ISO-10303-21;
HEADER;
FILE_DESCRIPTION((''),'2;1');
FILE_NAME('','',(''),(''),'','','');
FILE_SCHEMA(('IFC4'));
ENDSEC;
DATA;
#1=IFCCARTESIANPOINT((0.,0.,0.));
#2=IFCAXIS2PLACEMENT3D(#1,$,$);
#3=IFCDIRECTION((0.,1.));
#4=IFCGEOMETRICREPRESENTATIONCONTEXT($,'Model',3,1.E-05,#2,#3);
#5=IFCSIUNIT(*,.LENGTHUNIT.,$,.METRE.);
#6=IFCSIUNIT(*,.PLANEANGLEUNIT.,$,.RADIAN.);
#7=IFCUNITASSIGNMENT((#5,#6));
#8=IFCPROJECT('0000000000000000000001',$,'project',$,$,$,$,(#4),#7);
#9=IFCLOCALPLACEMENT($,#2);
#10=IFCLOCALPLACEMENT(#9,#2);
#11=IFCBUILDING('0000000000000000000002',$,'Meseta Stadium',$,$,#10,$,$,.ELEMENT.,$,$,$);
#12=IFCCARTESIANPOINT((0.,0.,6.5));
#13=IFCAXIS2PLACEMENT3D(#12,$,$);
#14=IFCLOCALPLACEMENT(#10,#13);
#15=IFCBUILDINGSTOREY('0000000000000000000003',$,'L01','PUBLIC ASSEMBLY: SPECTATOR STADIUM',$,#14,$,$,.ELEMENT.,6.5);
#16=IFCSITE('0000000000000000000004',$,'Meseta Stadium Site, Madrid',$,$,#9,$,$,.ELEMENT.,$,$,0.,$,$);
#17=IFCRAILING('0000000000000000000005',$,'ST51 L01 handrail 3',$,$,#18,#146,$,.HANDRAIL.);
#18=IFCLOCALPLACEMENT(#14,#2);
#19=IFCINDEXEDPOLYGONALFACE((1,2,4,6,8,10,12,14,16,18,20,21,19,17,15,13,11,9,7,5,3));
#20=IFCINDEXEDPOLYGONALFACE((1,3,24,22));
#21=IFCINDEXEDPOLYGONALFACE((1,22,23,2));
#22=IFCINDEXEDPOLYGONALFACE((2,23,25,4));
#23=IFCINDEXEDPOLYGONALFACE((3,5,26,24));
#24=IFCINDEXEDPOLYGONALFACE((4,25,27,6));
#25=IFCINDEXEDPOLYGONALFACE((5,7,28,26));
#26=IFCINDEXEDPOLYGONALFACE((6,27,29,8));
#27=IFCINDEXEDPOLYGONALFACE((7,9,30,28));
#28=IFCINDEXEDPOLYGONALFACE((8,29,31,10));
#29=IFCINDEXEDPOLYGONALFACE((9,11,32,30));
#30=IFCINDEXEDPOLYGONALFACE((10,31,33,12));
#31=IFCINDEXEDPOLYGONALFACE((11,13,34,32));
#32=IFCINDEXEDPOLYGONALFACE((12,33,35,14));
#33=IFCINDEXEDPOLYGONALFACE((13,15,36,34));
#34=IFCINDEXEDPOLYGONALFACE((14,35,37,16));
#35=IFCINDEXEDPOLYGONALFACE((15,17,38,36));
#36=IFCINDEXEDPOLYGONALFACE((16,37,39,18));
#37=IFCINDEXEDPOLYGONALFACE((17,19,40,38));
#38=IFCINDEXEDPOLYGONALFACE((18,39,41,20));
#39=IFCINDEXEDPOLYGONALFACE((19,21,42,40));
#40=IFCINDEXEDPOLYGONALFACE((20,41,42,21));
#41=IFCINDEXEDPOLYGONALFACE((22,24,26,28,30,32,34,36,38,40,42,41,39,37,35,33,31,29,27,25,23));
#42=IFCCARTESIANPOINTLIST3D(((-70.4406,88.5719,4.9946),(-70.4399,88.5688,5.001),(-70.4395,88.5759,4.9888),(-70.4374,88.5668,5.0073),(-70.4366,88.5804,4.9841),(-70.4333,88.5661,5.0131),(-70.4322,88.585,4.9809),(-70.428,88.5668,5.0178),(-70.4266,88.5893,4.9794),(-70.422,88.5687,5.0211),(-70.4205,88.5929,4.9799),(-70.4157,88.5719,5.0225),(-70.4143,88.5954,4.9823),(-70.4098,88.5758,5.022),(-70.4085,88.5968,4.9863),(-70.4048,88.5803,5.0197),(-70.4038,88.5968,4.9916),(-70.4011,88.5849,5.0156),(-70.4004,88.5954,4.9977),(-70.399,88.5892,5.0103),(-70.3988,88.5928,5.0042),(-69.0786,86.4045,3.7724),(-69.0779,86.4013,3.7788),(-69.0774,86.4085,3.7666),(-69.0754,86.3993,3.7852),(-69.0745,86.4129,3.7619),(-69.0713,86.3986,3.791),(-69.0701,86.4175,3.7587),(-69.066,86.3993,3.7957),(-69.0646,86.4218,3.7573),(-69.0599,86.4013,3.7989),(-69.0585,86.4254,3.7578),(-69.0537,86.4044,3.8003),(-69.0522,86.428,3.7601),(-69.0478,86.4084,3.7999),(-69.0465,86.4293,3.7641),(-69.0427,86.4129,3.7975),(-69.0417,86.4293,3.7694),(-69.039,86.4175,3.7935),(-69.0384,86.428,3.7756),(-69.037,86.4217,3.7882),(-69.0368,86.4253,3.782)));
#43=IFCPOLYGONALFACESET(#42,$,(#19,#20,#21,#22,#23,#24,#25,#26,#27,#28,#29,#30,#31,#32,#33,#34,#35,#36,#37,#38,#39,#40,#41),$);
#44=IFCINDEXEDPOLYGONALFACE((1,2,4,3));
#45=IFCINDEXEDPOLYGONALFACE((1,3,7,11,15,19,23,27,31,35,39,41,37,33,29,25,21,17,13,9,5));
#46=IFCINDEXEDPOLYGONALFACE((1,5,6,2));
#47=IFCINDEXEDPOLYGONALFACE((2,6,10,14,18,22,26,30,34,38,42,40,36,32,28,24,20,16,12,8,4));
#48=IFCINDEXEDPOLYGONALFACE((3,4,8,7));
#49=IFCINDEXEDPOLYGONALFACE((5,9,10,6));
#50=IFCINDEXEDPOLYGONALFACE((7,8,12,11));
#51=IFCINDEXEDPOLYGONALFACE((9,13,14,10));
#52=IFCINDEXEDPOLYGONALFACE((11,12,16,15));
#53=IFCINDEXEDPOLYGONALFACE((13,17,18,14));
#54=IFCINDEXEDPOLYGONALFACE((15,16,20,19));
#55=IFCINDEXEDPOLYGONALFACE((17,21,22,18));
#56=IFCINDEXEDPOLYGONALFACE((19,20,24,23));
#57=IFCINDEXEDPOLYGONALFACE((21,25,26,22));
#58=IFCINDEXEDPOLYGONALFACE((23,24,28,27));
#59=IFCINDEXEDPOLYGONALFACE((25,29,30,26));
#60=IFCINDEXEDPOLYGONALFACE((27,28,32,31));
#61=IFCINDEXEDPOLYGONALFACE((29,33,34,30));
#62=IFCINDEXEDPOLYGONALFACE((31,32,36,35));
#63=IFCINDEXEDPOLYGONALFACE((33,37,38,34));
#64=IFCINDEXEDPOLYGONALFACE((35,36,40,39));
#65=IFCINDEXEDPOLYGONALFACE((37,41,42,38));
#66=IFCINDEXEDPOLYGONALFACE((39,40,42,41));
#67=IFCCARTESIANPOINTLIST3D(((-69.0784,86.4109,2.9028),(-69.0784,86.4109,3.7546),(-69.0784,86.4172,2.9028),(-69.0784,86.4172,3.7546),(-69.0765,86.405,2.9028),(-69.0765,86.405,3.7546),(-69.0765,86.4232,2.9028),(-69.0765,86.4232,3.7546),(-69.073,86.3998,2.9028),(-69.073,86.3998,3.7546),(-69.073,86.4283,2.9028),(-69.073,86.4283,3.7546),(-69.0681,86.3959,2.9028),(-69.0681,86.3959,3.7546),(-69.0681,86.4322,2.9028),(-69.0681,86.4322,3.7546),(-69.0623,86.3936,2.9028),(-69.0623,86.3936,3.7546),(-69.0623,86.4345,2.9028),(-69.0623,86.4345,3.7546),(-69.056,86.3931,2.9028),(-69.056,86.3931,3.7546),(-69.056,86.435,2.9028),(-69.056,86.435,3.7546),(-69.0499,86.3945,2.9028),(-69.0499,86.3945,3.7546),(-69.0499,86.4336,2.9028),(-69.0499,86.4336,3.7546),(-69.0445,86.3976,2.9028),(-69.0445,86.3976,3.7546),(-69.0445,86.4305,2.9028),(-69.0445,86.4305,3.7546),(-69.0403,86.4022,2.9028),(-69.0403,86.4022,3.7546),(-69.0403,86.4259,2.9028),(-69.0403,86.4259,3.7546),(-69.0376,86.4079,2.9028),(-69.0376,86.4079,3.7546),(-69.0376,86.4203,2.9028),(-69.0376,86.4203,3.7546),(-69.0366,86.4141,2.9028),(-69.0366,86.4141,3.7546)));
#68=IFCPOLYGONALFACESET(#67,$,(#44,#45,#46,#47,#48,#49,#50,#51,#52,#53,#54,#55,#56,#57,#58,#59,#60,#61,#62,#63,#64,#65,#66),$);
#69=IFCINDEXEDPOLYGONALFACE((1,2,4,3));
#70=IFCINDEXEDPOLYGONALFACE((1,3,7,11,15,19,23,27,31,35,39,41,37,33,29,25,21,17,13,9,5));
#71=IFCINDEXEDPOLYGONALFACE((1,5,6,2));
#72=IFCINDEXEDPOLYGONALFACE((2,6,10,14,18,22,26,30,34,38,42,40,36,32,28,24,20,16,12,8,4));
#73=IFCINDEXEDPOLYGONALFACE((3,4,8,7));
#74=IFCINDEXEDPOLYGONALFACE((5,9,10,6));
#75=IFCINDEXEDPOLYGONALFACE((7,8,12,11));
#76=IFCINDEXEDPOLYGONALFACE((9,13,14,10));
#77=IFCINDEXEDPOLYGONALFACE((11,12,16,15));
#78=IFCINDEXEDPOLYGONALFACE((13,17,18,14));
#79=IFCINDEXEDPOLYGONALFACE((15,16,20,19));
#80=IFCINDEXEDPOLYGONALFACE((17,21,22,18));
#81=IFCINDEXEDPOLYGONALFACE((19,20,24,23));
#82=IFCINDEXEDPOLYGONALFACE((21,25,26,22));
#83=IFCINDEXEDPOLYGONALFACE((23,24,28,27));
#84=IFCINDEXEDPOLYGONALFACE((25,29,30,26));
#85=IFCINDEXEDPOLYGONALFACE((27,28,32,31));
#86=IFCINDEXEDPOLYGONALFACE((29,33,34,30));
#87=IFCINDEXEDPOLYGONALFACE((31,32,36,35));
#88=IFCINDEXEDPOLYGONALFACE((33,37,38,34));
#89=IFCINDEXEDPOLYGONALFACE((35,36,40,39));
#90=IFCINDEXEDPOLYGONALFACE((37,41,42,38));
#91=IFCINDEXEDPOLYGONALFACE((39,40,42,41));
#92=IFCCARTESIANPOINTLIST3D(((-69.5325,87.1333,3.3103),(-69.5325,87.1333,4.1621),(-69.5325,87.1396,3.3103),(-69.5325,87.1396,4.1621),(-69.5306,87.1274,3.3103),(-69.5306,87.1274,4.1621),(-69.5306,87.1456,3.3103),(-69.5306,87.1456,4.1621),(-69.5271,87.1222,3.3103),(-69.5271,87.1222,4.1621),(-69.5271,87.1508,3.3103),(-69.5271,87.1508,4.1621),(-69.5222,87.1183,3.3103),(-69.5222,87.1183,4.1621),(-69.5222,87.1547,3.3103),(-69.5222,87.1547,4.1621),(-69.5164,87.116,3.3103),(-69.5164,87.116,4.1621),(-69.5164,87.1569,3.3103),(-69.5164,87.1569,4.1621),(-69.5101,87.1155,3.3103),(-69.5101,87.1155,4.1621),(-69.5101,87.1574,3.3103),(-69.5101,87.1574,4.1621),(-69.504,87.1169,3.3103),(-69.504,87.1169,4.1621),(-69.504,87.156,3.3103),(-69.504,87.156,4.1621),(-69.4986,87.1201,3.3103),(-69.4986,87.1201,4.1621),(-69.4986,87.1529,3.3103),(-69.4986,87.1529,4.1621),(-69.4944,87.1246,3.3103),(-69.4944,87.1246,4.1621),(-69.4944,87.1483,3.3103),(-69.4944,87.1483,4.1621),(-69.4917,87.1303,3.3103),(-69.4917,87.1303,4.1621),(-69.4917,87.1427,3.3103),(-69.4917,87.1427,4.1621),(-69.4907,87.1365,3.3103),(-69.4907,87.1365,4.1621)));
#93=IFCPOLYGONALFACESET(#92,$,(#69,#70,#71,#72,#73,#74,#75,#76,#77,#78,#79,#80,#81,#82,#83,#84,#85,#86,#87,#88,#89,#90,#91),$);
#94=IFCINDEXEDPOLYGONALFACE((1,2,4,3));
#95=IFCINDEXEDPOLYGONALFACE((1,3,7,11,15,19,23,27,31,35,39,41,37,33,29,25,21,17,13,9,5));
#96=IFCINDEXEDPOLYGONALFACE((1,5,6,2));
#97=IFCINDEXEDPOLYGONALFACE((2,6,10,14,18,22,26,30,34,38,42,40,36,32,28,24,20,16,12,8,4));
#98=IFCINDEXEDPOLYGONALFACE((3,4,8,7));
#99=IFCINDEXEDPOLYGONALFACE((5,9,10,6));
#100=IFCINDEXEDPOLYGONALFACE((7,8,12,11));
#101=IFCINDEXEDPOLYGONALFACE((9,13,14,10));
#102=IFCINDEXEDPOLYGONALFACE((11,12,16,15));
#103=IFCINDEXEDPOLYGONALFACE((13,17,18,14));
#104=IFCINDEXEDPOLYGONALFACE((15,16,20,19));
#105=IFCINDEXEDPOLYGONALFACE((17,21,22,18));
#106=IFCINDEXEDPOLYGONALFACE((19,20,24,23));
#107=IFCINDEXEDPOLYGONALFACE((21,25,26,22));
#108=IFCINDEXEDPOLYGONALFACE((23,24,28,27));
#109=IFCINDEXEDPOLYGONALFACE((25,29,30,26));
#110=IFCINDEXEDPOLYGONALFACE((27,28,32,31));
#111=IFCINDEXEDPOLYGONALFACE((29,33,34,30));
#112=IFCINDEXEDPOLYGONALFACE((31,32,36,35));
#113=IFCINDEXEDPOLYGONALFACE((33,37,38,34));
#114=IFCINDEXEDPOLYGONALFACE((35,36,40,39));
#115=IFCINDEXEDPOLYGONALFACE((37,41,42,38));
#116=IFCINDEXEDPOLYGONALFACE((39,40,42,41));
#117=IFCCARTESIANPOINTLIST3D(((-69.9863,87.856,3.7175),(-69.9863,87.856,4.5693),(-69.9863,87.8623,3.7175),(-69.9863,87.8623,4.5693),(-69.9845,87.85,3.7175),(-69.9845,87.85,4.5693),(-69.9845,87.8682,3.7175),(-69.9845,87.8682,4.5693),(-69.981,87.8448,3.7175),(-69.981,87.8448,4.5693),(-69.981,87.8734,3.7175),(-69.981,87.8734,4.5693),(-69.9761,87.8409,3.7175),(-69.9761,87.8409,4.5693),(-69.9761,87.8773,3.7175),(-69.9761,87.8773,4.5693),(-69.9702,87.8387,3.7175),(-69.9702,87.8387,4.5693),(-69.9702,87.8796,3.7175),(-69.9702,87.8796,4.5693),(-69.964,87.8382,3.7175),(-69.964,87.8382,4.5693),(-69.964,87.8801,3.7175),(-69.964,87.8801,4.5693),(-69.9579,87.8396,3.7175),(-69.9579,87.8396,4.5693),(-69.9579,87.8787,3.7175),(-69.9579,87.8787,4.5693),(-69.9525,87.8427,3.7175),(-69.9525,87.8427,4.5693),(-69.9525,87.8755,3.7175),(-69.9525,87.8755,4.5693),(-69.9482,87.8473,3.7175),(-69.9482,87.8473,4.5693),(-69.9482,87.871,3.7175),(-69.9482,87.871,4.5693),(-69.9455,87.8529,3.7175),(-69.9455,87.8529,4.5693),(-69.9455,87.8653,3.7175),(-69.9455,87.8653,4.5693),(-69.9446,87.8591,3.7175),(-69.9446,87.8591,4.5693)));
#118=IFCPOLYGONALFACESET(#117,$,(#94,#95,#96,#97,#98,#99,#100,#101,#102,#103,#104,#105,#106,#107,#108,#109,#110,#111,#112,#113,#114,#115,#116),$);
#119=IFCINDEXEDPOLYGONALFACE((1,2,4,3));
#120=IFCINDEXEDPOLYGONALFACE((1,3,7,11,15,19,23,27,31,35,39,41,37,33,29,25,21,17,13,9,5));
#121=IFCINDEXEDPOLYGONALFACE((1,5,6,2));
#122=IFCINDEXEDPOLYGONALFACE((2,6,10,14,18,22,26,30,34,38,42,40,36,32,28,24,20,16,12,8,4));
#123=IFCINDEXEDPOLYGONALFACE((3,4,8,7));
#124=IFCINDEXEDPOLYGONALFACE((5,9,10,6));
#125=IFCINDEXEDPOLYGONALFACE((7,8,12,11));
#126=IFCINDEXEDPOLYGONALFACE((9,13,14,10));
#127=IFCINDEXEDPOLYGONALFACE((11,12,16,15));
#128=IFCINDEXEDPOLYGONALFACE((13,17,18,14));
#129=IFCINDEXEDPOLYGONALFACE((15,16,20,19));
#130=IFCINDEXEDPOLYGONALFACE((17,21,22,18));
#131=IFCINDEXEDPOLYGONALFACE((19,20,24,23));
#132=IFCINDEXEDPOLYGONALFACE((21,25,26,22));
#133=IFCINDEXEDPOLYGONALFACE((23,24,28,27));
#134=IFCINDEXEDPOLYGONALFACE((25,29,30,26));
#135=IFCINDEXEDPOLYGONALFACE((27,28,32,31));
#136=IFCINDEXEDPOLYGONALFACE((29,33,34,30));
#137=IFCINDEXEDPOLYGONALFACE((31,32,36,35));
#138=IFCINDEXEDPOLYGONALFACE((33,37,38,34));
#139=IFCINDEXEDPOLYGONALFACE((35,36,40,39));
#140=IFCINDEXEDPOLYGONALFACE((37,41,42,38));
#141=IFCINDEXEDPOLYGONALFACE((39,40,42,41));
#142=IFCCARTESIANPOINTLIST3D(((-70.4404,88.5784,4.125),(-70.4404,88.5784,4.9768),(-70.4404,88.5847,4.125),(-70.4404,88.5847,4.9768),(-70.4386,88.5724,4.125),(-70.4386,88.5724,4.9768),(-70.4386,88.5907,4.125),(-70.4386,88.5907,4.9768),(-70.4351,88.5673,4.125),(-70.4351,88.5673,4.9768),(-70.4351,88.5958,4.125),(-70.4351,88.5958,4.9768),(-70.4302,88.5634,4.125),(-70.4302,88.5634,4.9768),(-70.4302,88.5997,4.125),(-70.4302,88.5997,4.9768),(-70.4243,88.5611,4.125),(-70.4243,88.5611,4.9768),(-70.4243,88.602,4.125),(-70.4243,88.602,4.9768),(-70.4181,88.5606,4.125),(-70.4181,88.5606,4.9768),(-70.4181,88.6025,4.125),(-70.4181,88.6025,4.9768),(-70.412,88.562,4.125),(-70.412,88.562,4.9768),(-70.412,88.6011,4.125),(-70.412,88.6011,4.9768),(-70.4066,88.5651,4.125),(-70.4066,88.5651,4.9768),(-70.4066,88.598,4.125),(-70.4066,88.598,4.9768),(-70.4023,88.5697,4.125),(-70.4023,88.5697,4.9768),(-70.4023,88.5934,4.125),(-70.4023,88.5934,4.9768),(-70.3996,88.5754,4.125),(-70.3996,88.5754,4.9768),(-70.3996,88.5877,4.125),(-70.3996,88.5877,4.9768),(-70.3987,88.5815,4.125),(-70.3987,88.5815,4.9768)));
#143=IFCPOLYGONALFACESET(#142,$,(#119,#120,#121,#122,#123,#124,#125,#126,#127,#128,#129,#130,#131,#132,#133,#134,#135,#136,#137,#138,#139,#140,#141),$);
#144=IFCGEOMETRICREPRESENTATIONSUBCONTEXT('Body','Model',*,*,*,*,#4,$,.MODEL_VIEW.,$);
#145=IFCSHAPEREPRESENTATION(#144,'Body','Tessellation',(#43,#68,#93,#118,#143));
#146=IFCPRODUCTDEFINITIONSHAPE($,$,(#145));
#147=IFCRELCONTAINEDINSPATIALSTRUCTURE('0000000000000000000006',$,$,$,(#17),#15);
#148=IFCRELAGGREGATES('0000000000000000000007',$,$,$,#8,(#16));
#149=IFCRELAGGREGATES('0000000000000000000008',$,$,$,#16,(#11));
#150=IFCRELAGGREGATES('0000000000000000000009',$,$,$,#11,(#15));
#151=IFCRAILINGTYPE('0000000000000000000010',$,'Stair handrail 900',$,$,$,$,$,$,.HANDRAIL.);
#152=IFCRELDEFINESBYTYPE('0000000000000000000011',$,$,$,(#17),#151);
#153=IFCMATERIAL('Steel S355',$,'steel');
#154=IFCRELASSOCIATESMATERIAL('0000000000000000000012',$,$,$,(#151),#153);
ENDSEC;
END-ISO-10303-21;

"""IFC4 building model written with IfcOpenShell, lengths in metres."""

from ifc_helpers import new_model, si_unit, direction, frame, origin, origin_2d, place, context, subcontext, project, spatial, circle, extrude, material, type_object, element, save


model = new_model("IFC4")

# Units and contexts
model_context = context("Model", 3, precision=1e-05, world=origin(), true_north=direction((0.0, 1.0)))
body_context = subcontext(model_context, "Body", "Model", "MODEL_VIEW")
ifc_project = project(units=[si_unit("LENGTHUNIT", "METRE"), si_unit("PLANEANGLEUNIT", "RADIAN")], contexts=[model_context])

# Site, building, storey
site_placement = place(None, origin())
site = spatial("IfcSite", under=ifc_project, at=site_placement, Name="Meseta Stadium Site, Madrid", CompositionType="ELEMENT", RefElevation=0.0)
building_placement = place(site_placement, origin())
building = spatial("IfcBuilding", under=site, at=building_placement, Name="Meseta Stadium", CompositionType="ELEMENT")
storey_placement = place(building_placement, frame((0.0, 0.0, 6.5)))
storey = spatial("IfcBuildingStorey", under=building, at=storey_placement, Name="L01", Description="PUBLIC ASSEMBLY: SPECTATOR STADIUM", CompositionType="ELEMENT", Elevation=6.5)

# Railing
ifc_material_1 = material(Name="Steel S355", Category="steel")
railing_type_1 = type_object("IfcRailingType", Name="Stair handrail 900", PredefinedType="HANDRAIL", material=ifc_material_1)
railing_1_placement = place(storey_placement, frame((-69.0576, 86.4141, 2.9028)))
element("IfcRailing", 1, at=railing_1_placement, inside=storey, type_object=railing_type_1, Name="ST51 L01 handrail 3", PredefinedType="HANDRAIL", context=body_context, shape_type="SweptSolid", body=[
    extrude(circle(Radius=0.0239, at=origin_2d()), frame((0.0, 0.0, 0.876), z_axis=(-0.480156, 0.764085, 0.430841), x_axis=(-0.846699, -0.532072, 0.0)), (0.0, 0.0, 1.0), 2.8367),
    extrude(circle(Radius=0.021, at=origin_2d()), origin(), (0.0, 0.0, 1.0), 0.8518),
    extrude(circle(Radius=0.021, at=origin_2d()), frame((-0.4541, 0.7224, 0.4075)), (0.0, 0.0, 1.0), 0.8518),
    extrude(circle(Radius=0.021, at=origin_2d()), frame((-0.908, 1.4451, 0.8147)), (0.0, 0.0, 1.0), 0.8518),
    extrude(circle(Radius=0.021, at=origin_2d()), frame((-1.3621, 2.1675, 1.2222)), (0.0, 0.0, 1.0), 0.8518),
])

save(model, "model.ifc")
